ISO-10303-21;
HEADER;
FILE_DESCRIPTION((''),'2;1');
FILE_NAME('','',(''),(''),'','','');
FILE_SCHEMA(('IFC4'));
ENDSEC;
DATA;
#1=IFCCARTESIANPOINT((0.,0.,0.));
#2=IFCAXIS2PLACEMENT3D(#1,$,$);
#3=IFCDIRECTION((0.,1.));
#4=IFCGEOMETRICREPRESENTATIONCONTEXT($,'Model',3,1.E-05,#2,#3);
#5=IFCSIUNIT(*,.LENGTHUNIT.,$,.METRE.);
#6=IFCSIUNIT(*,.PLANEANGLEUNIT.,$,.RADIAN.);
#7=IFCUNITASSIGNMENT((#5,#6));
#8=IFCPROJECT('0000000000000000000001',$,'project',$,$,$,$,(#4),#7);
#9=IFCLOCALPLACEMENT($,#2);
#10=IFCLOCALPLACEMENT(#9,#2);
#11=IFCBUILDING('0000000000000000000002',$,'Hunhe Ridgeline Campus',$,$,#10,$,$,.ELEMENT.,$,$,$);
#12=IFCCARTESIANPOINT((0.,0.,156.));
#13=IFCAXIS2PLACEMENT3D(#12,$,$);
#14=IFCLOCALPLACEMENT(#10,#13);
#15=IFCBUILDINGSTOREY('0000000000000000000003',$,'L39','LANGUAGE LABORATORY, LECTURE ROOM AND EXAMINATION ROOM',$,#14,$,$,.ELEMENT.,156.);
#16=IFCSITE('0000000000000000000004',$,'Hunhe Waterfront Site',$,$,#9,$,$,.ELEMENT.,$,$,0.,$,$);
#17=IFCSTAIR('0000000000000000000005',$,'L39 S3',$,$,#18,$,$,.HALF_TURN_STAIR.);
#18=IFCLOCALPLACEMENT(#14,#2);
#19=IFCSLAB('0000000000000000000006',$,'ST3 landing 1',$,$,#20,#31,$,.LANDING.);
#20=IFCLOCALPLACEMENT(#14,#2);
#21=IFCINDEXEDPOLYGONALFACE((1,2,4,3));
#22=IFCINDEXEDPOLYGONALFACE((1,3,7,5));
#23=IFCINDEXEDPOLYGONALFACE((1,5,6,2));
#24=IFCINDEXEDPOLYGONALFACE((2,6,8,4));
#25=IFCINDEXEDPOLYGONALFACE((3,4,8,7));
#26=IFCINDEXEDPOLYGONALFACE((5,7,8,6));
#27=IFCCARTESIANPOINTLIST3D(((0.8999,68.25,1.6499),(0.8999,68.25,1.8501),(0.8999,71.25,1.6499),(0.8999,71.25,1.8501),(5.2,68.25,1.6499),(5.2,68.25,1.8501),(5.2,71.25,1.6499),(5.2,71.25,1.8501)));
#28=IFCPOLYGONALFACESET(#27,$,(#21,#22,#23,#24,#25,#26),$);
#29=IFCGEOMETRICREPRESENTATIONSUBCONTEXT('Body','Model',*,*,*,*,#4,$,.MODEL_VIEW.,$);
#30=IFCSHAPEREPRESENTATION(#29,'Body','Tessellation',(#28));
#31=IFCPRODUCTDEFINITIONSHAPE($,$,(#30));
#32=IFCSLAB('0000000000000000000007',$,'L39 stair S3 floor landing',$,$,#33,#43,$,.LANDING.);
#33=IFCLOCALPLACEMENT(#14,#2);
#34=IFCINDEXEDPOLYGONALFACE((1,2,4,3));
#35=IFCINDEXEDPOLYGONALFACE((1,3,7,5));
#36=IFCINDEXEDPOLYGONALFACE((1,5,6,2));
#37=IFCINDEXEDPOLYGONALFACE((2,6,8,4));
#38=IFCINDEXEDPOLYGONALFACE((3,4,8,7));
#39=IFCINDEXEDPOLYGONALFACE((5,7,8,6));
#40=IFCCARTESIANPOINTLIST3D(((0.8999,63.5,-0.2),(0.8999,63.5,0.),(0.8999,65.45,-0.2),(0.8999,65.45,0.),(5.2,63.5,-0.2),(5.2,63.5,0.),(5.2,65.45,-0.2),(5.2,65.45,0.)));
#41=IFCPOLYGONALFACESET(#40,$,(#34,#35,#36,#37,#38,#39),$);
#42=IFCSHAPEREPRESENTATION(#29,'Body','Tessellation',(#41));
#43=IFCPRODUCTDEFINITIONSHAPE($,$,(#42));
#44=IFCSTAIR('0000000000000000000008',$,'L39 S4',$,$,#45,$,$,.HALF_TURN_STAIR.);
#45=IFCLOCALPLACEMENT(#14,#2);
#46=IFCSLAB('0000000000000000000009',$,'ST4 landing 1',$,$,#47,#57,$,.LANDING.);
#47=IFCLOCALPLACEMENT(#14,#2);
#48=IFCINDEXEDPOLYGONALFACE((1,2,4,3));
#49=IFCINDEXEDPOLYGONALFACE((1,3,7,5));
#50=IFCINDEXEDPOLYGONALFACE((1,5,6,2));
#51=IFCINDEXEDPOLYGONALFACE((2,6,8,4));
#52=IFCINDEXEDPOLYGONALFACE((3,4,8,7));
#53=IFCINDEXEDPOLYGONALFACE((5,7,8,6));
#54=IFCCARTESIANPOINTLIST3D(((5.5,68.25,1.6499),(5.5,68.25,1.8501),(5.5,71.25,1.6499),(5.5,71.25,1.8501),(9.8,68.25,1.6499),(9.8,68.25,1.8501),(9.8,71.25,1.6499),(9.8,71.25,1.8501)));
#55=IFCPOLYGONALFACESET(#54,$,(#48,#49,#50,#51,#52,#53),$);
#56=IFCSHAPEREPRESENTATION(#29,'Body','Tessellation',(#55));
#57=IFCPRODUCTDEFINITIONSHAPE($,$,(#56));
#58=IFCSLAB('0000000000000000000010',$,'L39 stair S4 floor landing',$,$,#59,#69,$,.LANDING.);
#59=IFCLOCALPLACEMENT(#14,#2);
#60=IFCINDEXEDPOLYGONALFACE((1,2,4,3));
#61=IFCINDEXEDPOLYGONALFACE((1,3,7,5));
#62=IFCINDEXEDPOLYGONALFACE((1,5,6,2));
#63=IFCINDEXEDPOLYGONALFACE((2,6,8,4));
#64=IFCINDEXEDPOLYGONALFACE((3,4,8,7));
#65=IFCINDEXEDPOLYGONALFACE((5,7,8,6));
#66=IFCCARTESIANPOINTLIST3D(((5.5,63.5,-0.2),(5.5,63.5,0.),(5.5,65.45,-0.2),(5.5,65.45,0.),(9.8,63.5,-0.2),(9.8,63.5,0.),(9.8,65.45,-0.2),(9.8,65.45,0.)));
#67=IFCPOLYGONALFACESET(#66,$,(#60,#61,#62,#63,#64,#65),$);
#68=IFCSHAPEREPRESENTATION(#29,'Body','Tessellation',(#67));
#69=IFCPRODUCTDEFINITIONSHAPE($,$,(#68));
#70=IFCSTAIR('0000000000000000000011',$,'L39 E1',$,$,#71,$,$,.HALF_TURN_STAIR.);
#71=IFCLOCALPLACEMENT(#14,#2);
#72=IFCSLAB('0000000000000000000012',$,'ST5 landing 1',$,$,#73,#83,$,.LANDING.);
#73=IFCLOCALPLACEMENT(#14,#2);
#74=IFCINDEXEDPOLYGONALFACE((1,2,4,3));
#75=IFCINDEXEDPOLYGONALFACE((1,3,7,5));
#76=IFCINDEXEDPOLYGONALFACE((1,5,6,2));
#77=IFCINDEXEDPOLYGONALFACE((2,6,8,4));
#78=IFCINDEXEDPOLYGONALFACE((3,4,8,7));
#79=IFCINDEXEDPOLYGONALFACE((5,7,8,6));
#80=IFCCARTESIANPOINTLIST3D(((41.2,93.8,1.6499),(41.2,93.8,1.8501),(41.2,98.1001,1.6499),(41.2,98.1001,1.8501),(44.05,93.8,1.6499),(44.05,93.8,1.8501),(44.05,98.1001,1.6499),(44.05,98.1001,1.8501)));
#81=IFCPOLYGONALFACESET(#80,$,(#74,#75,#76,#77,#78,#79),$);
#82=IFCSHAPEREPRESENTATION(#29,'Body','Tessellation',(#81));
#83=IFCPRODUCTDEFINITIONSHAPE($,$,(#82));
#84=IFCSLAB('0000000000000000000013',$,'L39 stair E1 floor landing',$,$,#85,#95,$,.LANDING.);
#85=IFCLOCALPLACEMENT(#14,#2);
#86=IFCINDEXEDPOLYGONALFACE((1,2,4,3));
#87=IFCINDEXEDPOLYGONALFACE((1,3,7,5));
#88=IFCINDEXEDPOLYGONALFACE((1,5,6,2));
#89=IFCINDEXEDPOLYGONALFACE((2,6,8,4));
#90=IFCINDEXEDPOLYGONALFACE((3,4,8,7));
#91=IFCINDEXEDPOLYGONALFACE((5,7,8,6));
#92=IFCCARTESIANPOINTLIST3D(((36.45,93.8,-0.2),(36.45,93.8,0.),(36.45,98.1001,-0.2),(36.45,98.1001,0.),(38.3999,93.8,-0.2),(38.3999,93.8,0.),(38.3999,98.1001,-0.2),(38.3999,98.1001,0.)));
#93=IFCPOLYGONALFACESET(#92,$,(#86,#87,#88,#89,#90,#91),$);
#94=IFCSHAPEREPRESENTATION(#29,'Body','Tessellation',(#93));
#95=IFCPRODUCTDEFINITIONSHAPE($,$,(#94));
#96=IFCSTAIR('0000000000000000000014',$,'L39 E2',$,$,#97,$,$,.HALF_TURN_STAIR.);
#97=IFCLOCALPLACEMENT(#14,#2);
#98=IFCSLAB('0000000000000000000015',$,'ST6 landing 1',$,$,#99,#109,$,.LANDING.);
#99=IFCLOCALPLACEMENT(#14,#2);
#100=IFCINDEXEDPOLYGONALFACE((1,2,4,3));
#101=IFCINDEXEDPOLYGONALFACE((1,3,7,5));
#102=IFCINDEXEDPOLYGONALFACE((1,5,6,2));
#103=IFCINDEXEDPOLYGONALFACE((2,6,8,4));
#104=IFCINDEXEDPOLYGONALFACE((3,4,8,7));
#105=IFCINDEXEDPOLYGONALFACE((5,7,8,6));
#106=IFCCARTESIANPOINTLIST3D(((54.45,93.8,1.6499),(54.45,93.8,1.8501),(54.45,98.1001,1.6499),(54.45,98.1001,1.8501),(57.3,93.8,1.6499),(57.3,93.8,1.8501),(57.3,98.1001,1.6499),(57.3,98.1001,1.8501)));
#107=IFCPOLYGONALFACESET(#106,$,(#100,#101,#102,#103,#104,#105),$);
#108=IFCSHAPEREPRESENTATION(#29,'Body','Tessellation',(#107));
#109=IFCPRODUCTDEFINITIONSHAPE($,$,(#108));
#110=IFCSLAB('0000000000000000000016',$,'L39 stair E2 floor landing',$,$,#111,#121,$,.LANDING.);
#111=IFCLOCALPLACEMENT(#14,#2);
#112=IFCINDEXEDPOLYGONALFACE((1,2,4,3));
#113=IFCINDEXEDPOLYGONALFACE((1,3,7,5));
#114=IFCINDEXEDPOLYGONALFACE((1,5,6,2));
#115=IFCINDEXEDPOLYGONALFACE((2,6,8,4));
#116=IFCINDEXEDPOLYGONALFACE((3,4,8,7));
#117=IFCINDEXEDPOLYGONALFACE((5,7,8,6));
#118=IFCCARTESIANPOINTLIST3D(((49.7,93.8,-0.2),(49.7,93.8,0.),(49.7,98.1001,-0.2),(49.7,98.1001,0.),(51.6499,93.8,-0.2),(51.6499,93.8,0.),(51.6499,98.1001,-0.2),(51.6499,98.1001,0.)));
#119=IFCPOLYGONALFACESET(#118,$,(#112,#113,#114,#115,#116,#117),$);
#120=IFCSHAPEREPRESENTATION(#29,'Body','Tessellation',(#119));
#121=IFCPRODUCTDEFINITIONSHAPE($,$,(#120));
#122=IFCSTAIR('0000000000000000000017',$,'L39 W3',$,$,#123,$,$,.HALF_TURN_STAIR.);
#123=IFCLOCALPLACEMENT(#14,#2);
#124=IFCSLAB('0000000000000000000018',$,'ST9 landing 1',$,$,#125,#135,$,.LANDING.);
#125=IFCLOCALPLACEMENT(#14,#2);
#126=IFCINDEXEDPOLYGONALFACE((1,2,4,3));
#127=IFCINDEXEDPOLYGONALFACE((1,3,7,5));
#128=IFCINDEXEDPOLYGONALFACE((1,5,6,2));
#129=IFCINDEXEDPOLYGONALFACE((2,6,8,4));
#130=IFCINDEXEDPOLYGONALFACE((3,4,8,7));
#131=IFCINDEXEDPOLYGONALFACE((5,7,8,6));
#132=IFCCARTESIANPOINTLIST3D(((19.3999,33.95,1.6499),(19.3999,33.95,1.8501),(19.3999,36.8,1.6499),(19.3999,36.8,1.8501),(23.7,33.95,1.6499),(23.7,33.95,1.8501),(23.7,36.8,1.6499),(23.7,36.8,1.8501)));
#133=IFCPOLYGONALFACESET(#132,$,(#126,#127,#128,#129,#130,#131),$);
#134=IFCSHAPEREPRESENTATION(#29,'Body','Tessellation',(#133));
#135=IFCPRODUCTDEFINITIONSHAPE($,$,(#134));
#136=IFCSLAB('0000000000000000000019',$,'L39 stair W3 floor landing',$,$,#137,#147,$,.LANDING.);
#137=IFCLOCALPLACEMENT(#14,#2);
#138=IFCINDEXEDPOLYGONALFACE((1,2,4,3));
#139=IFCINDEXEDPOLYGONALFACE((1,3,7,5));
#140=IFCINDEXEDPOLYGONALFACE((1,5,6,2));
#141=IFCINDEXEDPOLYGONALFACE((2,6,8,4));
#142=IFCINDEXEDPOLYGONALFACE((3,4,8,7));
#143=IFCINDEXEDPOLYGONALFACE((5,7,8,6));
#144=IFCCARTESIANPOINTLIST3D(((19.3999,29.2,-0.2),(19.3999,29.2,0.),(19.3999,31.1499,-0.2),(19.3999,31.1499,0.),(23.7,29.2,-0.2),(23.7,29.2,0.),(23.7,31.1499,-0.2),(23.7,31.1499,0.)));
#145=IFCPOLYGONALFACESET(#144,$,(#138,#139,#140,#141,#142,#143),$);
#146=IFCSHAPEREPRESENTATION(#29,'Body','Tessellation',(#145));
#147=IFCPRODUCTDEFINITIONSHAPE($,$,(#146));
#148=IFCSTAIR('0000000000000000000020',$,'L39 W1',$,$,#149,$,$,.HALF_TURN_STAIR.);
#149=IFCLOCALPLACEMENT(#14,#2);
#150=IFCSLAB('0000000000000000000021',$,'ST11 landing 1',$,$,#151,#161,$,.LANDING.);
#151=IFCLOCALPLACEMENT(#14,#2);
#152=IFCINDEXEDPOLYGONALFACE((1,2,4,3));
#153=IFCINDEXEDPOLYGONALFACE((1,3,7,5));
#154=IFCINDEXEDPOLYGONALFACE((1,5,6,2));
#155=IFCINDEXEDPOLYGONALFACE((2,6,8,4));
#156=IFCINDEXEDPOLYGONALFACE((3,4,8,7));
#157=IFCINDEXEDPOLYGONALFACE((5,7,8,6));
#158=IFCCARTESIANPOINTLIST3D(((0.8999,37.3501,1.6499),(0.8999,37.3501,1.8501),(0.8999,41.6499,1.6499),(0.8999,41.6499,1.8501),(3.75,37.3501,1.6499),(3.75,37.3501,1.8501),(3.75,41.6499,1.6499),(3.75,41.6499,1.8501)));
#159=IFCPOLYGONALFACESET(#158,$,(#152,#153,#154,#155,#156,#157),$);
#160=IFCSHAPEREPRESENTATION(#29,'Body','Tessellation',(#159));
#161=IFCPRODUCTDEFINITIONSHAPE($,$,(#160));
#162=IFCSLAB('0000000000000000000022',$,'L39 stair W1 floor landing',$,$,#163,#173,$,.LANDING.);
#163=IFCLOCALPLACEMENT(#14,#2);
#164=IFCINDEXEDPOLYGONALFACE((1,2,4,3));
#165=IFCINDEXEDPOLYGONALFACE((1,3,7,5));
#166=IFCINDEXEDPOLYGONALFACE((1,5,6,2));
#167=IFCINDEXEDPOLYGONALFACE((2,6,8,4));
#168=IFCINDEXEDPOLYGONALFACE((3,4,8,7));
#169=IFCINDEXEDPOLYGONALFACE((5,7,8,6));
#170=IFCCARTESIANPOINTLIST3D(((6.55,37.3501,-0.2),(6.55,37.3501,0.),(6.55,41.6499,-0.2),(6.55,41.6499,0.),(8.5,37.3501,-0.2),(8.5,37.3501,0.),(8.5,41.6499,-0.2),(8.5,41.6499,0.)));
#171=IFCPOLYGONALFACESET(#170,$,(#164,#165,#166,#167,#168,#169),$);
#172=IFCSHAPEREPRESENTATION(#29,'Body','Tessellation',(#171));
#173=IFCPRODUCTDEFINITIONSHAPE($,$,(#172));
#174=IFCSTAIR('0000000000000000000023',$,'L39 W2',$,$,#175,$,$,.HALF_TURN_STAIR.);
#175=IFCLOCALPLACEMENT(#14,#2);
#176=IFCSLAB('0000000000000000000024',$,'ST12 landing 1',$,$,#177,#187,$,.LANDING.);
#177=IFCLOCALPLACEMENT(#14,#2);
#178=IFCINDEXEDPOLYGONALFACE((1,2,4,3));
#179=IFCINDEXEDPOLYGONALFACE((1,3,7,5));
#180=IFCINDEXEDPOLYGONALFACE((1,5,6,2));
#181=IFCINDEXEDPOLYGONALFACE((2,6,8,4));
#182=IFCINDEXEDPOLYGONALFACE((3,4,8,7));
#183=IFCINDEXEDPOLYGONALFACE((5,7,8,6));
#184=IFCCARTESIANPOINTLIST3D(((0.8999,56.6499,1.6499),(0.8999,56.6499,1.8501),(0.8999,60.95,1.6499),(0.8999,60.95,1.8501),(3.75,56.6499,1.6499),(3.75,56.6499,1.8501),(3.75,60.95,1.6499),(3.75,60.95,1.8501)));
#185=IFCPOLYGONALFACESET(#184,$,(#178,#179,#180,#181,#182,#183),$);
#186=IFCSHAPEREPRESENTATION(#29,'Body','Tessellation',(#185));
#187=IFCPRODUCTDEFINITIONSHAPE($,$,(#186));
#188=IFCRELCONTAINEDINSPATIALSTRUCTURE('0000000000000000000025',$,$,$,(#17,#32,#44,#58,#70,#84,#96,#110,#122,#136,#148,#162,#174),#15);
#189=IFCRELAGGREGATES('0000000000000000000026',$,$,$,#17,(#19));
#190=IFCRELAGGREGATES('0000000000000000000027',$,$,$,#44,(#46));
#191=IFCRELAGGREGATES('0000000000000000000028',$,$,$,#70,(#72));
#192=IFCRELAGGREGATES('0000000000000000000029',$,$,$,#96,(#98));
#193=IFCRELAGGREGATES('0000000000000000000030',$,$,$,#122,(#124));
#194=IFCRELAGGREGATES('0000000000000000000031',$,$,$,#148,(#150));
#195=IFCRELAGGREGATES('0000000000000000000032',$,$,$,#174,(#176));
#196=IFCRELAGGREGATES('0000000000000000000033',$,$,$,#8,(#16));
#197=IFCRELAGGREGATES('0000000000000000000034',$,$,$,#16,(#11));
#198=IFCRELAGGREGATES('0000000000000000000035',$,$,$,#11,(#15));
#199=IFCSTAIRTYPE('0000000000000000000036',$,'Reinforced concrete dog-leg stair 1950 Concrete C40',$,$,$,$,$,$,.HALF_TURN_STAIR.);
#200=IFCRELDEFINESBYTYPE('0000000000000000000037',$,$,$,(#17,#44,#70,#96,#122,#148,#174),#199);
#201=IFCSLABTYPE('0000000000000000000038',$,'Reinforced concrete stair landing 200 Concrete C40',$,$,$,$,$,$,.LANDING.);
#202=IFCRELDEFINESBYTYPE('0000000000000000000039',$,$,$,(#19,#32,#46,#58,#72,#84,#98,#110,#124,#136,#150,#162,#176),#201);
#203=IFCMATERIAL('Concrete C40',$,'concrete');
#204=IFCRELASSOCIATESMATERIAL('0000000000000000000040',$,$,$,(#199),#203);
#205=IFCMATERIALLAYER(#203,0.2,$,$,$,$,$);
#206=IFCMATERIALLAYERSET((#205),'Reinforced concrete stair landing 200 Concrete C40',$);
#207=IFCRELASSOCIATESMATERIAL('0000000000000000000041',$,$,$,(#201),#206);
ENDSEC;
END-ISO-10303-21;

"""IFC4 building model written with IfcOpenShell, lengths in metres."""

from ifc_helpers import new_model, si_unit, direction, frame, origin, place, context, subcontext, project, spatial, polyline, outline, extrude, material, layer, layer_set, type_object, element, aggregate, save


model = new_model("IFC4")

# Units and contexts
model_context = context("Model", 3, precision=1e-05, world=origin(), true_north=direction((0.0, 1.0)))
body_context = subcontext(model_context, "Body", "Model", "MODEL_VIEW")
ifc_project = project(units=[si_unit("LENGTHUNIT", "METRE"), si_unit("PLANEANGLEUNIT", "RADIAN")], contexts=[model_context])

# Site, building, storey
site_placement = place(None, origin())
site = spatial("IfcSite", under=ifc_project, at=site_placement, Name="Hunhe Waterfront Site", CompositionType="ELEMENT", RefElevation=0.0)
building_placement = place(site_placement, origin())
building = spatial("IfcBuilding", under=site, at=building_placement, Name="Hunhe Ridgeline Campus", CompositionType="ELEMENT")
storey_placement = place(building_placement, frame((0.0, 0.0, 156.0)))
storey = spatial("IfcBuildingStorey", under=building, at=storey_placement, Name="L39", Description="LANGUAGE LABORATORY, LECTURE ROOM AND EXAMINATION ROOM", CompositionType="ELEMENT", Elevation=156.0)

# Shared definitions
ifc_material_1 = material(Name="Concrete C40", Category="concrete")

# Shared definitions
stair_type = type_object("IfcStairType", Name="Reinforced concrete dog-leg stair 1950 Concrete C40", PredefinedType="HALF_TURN_STAIR", material=ifc_material_1)
ifc_layer_1 = layer(ifc_material_1, 0.2)
ifc_layer_set_1 = layer_set([ifc_layer_1], Name="Reinforced concrete stair landing 200 Concrete C40")
slab_type_1 = type_object("IfcSlabType", Name="Reinforced concrete stair landing 200 Concrete C40", PredefinedType="LANDING", material=ifc_layer_set_1)

# Stair, slab
stair_1_placement = place(storey_placement, origin())
stair_1 = element("IfcStair", 1, at=stair_1_placement, inside=storey, type_object=stair_type, Name="L39 S3", PredefinedType="HALF_TURN_STAIR")
slab_1_placement = place(storey_placement, frame((0.0, 0.0, 1.6499)))
slab_1 = element("IfcSlab", 2, at=slab_1_placement, type_object=slab_type_1, Name="ST3 landing 1", PredefinedType="LANDING", context=body_context, shape_type="SweptSolid", body=[
    extrude(outline(polyline([(5.2, 68.25), (5.2, 71.25), (0.8999, 71.25), (0.8999, 68.25), (5.2, 68.25)])), origin(), (0.0, 0.0, 1.0), 0.2002),
])
aggregate(stair_1, [slab_1])

# Slab
slab_2_placement = place(storey_placement, frame((0.0, 0.0, -0.2)))
element("IfcSlab", 3, at=slab_2_placement, inside=storey, type_object=slab_type_1, Name="L39 stair S3 floor landing", PredefinedType="LANDING", context=body_context, shape_type="SweptSolid", body=[
    extrude(outline(polyline([(5.2, 63.5), (5.2, 65.45), (0.8999, 65.45), (0.8999, 63.5), (5.2, 63.5)])), origin(), (0.0, 0.0, 1.0), 0.2),
])

# Stair, slab
stair_2_placement = place(storey_placement, origin())
stair_2 = element("IfcStair", 4, at=stair_2_placement, inside=storey, type_object=stair_type, Name="L39 S4", PredefinedType="HALF_TURN_STAIR")
slab_3_placement = place(storey_placement, frame((0.0, 0.0, 1.6499)))
slab_3 = element("IfcSlab", 5, at=slab_3_placement, type_object=slab_type_1, Name="ST4 landing 1", PredefinedType="LANDING", context=body_context, shape_type="SweptSolid", body=[
    extrude(outline(polyline([(9.8, 68.25), (9.8, 71.25), (5.5, 71.25), (5.5, 68.25), (9.8, 68.25)])), origin(), (0.0, 0.0, 1.0), 0.2002),
])
aggregate(stair_2, [slab_3])

# Slab
slab_4_placement = place(storey_placement, frame((0.0, 0.0, -0.2)))
element("IfcSlab", 6, at=slab_4_placement, inside=storey, type_object=slab_type_1, Name="L39 stair S4 floor landing", PredefinedType="LANDING", context=body_context, shape_type="SweptSolid", body=[
    extrude(outline(polyline([(9.8, 63.5), (9.8, 65.45), (5.5, 65.45), (5.5, 63.5), (9.8, 63.5)])), origin(), (0.0, 0.0, 1.0), 0.2),
])

# Stair, slab
stair_3_placement = place(storey_placement, origin())
stair_3 = element("IfcStair", 7, at=stair_3_placement, inside=storey, type_object=stair_type, Name="L39 E1", PredefinedType="HALF_TURN_STAIR")
slab_5_placement = place(storey_placement, frame((0.0, 0.0, 1.6499)))
slab_5 = element("IfcSlab", 8, at=slab_5_placement, type_object=slab_type_1, Name="ST5 landing 1", PredefinedType="LANDING", context=body_context, shape_type="SweptSolid", body=[
    extrude(outline(polyline([(41.2, 93.8), (44.05, 93.8), (44.05, 98.1001), (41.2, 98.1001), (41.2, 93.8)])), origin(), (0.0, 0.0, 1.0), 0.2002),
])
aggregate(stair_3, [slab_5])

# Slab
slab_6_placement = place(storey_placement, frame((0.0, 0.0, -0.2)))
element("IfcSlab", 9, at=slab_6_placement, inside=storey, type_object=slab_type_1, Name="L39 stair E1 floor landing", PredefinedType="LANDING", context=body_context, shape_type="SweptSolid", body=[
    extrude(outline(polyline([(36.45, 93.8), (38.3999, 93.8), (38.3999, 98.1001), (36.45, 98.1001), (36.45, 93.8)])), origin(), (0.0, 0.0, 1.0), 0.2),
])

# Stair, slab
stair_4_placement = place(storey_placement, origin())
stair_4 = element("IfcStair", 10, at=stair_4_placement, inside=storey, type_object=stair_type, Name="L39 E2", PredefinedType="HALF_TURN_STAIR")
slab_7_placement = place(storey_placement, frame((0.0, 0.0, 1.6499)))
slab_7 = element("IfcSlab", 11, at=slab_7_placement, type_object=slab_type_1, Name="ST6 landing 1", PredefinedType="LANDING", context=body_context, shape_type="SweptSolid", body=[
    extrude(outline(polyline([(54.45, 93.8), (57.3, 93.8), (57.3, 98.1001), (54.45, 98.1001), (54.45, 93.8)])), origin(), (0.0, 0.0, 1.0), 0.2002),
])
aggregate(stair_4, [slab_7])

# Slab
slab_8_placement = place(storey_placement, frame((0.0, 0.0, -0.2)))
element("IfcSlab", 12, at=slab_8_placement, inside=storey, type_object=slab_type_1, Name="L39 stair E2 floor landing", PredefinedType="LANDING", context=body_context, shape_type="SweptSolid", body=[
    extrude(outline(polyline([(49.7, 93.8), (51.6499, 93.8), (51.6499, 98.1001), (49.7, 98.1001), (49.7, 93.8)])), origin(), (0.0, 0.0, 1.0), 0.2),
])

# Stair, slab
stair_5_placement = place(storey_placement, origin())
stair_5 = element("IfcStair", 13, at=stair_5_placement, inside=storey, type_object=stair_type, Name="L39 W3", PredefinedType="HALF_TURN_STAIR")
slab_9_placement = place(storey_placement, frame((0.0, 0.0, 1.6499)))
slab_9 = element("IfcSlab", 14, at=slab_9_placement, type_object=slab_type_1, Name="ST9 landing 1", PredefinedType="LANDING", context=body_context, shape_type="SweptSolid", body=[
    extrude(outline(polyline([(23.7, 33.95), (23.7, 36.8), (19.3999, 36.8), (19.3999, 33.95), (23.7, 33.95)])), origin(), (0.0, 0.0, 1.0), 0.2002),
])
aggregate(stair_5, [slab_9])

# Slab
slab_10_placement = place(storey_placement, frame((0.0, 0.0, -0.2)))
element("IfcSlab", 15, at=slab_10_placement, inside=storey, type_object=slab_type_1, Name="L39 stair W3 floor landing", PredefinedType="LANDING", context=body_context, shape_type="SweptSolid", body=[
    extrude(outline(polyline([(23.7, 29.2), (23.7, 31.1499), (19.3999, 31.1499), (19.3999, 29.2), (23.7, 29.2)])), origin(), (0.0, 0.0, 1.0), 0.2),
])

# Stair, slab
stair_6_placement = place(storey_placement, origin())
stair_6 = element("IfcStair", 16, at=stair_6_placement, inside=storey, type_object=stair_type, Name="L39 W1", PredefinedType="HALF_TURN_STAIR")
slab_11_placement = place(storey_placement, frame((0.0, 0.0, 1.6499)))
slab_11 = element("IfcSlab", 17, at=slab_11_placement, type_object=slab_type_1, Name="ST11 landing 1", PredefinedType="LANDING", context=body_context, shape_type="SweptSolid", body=[
    extrude(outline(polyline([(3.75, 41.6499), (0.8999, 41.6499), (0.8999, 37.3501), (3.75, 37.3501), (3.75, 41.6499)])), origin(), (0.0, 0.0, 1.0), 0.2002),
])
aggregate(stair_6, [slab_11])

# Slab
slab_12_placement = place(storey_placement, frame((0.0, 0.0, -0.2)))
element("IfcSlab", 18, at=slab_12_placement, inside=storey, type_object=slab_type_1, Name="L39 stair W1 floor landing", PredefinedType="LANDING", context=body_context, shape_type="SweptSolid", body=[
    extrude(outline(polyline([(8.5, 41.6499), (6.55, 41.6499), (6.55, 37.3501), (8.5, 37.3501), (8.5, 41.6499)])), origin(), (0.0, 0.0, 1.0), 0.2),
])

# Stair, slab
stair_7_placement = place(storey_placement, origin())
stair_7 = element("IfcStair", 19, at=stair_7_placement, inside=storey, type_object=stair_type, Name="L39 W2", PredefinedType="HALF_TURN_STAIR")
slab_13_placement = place(storey_placement, frame((0.0, 0.0, 1.6499)))
slab_13 = element("IfcSlab", 20, at=slab_13_placement, type_object=slab_type_1, Name="ST12 landing 1", PredefinedType="LANDING", context=body_context, shape_type="SweptSolid", body=[
    extrude(outline(polyline([(3.75, 60.95), (0.8999, 60.95), (0.8999, 56.6499), (3.75, 56.6499), (3.75, 60.95)])), origin(), (0.0, 0.0, 1.0), 0.2002),
])
aggregate(stair_7, [slab_13])

save(model, "model.ifc")
